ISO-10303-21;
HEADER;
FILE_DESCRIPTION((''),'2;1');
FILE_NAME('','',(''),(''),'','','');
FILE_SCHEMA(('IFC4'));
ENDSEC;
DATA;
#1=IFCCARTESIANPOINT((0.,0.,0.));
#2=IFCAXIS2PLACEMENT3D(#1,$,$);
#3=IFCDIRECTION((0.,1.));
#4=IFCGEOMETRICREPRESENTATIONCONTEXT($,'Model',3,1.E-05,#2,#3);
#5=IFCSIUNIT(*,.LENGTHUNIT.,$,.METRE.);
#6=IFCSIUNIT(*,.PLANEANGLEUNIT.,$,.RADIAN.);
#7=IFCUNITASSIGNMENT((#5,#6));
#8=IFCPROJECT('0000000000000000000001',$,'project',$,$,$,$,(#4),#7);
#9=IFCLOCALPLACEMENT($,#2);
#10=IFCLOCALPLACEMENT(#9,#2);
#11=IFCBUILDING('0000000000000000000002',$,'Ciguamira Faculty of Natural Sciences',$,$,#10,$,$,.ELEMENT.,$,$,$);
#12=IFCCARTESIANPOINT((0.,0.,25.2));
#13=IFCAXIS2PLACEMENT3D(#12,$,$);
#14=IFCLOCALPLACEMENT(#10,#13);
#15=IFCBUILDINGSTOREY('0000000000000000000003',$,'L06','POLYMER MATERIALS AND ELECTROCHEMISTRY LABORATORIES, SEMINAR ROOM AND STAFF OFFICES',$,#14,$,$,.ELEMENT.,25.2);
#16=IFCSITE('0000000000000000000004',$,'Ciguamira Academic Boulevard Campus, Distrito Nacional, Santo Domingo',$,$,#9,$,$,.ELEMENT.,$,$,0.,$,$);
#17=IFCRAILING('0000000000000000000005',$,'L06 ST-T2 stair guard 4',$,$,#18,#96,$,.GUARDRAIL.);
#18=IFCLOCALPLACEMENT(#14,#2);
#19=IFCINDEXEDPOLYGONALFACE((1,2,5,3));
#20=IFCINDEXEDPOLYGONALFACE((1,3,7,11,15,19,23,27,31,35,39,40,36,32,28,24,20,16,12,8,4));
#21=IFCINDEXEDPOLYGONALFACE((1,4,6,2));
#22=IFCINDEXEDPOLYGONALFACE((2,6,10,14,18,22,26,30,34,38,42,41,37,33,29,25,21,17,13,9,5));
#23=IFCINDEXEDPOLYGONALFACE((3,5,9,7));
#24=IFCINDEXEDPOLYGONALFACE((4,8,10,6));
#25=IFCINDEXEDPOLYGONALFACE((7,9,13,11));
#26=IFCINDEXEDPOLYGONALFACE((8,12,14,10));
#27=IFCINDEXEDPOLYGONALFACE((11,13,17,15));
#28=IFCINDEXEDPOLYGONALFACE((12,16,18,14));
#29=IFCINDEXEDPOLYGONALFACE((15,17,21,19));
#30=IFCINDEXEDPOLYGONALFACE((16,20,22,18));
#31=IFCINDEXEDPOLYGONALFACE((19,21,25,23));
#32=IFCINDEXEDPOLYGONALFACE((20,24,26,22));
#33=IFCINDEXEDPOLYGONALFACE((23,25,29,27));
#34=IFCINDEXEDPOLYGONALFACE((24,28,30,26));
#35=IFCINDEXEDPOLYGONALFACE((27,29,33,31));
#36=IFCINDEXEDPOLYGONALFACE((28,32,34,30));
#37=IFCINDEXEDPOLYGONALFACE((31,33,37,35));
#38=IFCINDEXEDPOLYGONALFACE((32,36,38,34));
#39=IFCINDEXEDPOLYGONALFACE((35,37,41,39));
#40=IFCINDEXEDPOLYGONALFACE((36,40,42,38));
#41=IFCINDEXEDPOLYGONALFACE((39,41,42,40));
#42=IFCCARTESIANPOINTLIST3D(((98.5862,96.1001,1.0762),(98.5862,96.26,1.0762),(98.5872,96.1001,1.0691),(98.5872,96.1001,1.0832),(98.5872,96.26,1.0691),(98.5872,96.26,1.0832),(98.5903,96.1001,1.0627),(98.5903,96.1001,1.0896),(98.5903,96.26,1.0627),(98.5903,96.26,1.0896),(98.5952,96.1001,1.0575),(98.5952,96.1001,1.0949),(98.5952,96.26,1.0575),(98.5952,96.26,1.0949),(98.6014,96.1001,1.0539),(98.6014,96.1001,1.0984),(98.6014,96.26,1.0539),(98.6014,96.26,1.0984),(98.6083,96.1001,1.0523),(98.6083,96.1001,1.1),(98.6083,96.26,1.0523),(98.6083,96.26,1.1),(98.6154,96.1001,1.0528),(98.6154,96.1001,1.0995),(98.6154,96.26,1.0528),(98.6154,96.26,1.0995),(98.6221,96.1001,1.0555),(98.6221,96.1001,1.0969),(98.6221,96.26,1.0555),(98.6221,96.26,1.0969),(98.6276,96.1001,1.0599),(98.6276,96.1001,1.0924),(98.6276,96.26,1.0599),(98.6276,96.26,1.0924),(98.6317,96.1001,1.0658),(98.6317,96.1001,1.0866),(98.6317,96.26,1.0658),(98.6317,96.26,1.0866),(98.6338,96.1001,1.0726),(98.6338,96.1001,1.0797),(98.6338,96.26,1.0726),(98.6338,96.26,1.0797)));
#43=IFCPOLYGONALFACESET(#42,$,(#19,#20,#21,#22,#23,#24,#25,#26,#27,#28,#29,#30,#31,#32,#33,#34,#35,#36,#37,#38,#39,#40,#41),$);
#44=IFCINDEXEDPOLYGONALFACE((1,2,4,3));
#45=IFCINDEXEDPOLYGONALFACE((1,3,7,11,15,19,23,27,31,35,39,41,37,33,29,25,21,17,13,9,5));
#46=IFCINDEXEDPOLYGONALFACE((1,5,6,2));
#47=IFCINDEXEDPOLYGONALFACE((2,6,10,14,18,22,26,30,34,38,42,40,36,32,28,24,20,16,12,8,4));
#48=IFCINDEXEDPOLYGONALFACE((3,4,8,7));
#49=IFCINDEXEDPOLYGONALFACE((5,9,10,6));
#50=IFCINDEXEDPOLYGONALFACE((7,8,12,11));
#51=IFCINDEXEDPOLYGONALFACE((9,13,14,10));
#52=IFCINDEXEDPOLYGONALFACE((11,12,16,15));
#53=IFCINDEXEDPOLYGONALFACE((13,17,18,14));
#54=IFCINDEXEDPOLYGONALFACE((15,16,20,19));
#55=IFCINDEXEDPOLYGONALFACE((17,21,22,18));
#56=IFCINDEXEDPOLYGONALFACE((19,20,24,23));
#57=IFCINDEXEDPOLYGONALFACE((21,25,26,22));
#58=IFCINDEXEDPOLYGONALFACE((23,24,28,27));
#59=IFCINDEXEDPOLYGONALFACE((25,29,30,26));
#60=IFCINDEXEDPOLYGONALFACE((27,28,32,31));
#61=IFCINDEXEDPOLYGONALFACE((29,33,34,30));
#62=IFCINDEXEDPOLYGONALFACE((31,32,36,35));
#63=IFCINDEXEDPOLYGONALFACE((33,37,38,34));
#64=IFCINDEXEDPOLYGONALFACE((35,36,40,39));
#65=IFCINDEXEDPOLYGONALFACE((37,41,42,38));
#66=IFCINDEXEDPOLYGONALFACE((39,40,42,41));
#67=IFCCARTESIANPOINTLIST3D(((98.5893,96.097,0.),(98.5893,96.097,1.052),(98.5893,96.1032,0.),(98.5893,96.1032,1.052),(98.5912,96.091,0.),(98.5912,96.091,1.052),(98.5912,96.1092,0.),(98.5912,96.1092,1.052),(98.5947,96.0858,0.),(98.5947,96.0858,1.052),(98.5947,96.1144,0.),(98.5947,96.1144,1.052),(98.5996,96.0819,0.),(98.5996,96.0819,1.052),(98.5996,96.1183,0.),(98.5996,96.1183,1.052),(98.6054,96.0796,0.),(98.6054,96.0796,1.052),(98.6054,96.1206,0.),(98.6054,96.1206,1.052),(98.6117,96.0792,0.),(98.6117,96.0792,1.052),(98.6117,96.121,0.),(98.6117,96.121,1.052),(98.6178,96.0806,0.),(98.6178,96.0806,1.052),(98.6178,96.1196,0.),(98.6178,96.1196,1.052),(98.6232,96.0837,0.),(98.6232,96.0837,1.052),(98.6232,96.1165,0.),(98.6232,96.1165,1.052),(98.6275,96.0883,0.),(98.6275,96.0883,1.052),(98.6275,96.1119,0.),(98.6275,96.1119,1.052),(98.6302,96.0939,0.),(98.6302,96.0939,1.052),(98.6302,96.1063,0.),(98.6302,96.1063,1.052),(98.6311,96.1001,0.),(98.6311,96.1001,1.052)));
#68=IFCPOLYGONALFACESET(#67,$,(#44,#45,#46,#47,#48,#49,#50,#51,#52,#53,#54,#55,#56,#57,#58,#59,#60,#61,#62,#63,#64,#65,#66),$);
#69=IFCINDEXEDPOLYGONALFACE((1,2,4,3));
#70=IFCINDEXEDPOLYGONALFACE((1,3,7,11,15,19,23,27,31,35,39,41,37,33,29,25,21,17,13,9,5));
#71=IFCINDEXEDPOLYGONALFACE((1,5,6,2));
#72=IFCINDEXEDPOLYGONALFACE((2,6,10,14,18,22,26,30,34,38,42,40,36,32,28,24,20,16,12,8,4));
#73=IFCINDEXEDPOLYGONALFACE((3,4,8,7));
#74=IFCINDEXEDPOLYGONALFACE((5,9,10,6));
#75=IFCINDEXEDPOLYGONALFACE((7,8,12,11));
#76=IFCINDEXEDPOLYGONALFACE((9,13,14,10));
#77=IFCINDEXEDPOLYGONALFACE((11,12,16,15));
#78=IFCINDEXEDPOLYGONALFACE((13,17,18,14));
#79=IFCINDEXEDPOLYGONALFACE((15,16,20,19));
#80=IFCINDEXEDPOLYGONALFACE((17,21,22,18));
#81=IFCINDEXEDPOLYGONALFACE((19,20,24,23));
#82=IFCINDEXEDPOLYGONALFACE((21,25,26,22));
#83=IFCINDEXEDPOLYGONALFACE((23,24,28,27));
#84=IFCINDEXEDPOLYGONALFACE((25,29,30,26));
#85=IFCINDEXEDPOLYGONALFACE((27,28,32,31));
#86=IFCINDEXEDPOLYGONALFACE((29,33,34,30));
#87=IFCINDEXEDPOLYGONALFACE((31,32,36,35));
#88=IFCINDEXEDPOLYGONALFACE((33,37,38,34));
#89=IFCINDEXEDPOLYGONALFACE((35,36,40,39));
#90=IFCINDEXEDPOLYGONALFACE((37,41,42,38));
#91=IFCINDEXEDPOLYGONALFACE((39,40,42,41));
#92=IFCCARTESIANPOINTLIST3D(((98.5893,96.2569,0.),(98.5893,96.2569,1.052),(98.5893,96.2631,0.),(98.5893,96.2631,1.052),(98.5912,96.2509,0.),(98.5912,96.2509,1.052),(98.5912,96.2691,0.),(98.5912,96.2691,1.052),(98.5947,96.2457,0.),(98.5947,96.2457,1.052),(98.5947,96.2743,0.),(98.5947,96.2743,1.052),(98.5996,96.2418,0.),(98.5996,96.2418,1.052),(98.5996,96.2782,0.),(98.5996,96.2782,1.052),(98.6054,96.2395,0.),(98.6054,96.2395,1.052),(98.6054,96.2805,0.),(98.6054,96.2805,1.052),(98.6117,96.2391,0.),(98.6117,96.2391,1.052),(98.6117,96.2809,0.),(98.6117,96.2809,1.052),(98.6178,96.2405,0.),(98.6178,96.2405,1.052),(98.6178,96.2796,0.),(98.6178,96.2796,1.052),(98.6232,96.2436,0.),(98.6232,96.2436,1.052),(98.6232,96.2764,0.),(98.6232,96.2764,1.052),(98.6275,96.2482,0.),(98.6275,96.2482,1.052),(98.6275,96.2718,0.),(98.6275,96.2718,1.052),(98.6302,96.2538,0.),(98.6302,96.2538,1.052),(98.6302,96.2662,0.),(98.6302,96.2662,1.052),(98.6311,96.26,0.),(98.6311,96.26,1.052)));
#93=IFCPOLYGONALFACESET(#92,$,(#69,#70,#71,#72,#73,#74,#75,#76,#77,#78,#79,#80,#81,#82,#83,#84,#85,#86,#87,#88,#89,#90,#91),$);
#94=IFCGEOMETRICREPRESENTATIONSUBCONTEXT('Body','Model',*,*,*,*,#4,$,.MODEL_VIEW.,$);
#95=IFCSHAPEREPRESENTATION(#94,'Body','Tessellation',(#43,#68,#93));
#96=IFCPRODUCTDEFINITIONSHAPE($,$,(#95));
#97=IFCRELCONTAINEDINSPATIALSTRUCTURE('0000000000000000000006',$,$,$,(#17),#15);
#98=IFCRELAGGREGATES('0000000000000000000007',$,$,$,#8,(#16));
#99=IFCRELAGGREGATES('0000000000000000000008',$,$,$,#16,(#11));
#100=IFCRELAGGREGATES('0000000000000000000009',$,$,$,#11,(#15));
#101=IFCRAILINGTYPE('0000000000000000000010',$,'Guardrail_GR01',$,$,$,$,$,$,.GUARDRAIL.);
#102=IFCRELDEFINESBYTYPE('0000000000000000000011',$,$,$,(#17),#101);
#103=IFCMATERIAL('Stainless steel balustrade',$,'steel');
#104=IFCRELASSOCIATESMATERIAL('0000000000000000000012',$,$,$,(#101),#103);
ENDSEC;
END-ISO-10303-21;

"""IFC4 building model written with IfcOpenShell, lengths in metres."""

from ifc_helpers import new_model, si_unit, direction, frame, origin, origin_2d, place, context, subcontext, project, spatial, circle, extrude, material, type_object, element, save


model = new_model("IFC4")

# Units and contexts
model_context = context("Model", 3, precision=1e-05, world=origin(), true_north=direction((0.0, 1.0)))
body_context = subcontext(model_context, "Body", "Model", "MODEL_VIEW")
ifc_project = project(units=[si_unit("LENGTHUNIT", "METRE"), si_unit("PLANEANGLEUNIT", "RADIAN")], contexts=[model_context])

# Site, building, storey
site_placement = place(None, origin())
site = spatial("IfcSite", under=ifc_project, at=site_placement, Name="Ciguamira Academic Boulevard Campus, Distrito Nacional, Santo Domingo", CompositionType="ELEMENT", RefElevation=0.0)
building_placement = place(site_placement, origin())
building = spatial("IfcBuilding", under=site, at=building_placement, Name="Ciguamira Faculty of Natural Sciences", CompositionType="ELEMENT")
storey_placement = place(building_placement, frame((0.0, 0.0, 25.2)))
storey = spatial("IfcBuildingStorey", under=building, at=storey_placement, Name="L06", Description="POLYMER MATERIALS AND ELECTROCHEMISTRY LABORATORIES, SEMINAR ROOM AND STAFF OFFICES", CompositionType="ELEMENT", Elevation=25.2)

# Railing
ifc_material_1 = material(Name="Stainless steel balustrade", Category="steel")
railing_type_1 = type_object("IfcRailingType", Name="Guardrail_GR01", PredefinedType="GUARDRAIL", material=ifc_material_1)
railing_1_placement = place(storey_placement, frame((98.6101, 96.1001, 0.0)))
element("IfcRailing", 1, at=railing_1_placement, inside=storey, type_object=railing_type_1, Name="L06 ST-T2 stair guard 4", PredefinedType="GUARDRAIL", context=body_context, shape_type="SweptSolid", body=[
    extrude(circle(Radius=0.0239, at=origin_2d()), frame((0.0, 0.0, 1.0762), z_axis=(0.0, 1.0, 0.0), x_axis=(-1.0, 0.0, 0.0)), (0.0, 0.0, 1.0), 0.1599),
    extrude(circle(Radius=0.021, at=origin_2d()), origin(), (0.0, 0.0, 1.0), 1.052),
    extrude(circle(Radius=0.021, at=origin_2d()), frame((0.0, 0.1599, 0.0)), (0.0, 0.0, 1.0), 1.052),
])

save(model, "model.ifc")
